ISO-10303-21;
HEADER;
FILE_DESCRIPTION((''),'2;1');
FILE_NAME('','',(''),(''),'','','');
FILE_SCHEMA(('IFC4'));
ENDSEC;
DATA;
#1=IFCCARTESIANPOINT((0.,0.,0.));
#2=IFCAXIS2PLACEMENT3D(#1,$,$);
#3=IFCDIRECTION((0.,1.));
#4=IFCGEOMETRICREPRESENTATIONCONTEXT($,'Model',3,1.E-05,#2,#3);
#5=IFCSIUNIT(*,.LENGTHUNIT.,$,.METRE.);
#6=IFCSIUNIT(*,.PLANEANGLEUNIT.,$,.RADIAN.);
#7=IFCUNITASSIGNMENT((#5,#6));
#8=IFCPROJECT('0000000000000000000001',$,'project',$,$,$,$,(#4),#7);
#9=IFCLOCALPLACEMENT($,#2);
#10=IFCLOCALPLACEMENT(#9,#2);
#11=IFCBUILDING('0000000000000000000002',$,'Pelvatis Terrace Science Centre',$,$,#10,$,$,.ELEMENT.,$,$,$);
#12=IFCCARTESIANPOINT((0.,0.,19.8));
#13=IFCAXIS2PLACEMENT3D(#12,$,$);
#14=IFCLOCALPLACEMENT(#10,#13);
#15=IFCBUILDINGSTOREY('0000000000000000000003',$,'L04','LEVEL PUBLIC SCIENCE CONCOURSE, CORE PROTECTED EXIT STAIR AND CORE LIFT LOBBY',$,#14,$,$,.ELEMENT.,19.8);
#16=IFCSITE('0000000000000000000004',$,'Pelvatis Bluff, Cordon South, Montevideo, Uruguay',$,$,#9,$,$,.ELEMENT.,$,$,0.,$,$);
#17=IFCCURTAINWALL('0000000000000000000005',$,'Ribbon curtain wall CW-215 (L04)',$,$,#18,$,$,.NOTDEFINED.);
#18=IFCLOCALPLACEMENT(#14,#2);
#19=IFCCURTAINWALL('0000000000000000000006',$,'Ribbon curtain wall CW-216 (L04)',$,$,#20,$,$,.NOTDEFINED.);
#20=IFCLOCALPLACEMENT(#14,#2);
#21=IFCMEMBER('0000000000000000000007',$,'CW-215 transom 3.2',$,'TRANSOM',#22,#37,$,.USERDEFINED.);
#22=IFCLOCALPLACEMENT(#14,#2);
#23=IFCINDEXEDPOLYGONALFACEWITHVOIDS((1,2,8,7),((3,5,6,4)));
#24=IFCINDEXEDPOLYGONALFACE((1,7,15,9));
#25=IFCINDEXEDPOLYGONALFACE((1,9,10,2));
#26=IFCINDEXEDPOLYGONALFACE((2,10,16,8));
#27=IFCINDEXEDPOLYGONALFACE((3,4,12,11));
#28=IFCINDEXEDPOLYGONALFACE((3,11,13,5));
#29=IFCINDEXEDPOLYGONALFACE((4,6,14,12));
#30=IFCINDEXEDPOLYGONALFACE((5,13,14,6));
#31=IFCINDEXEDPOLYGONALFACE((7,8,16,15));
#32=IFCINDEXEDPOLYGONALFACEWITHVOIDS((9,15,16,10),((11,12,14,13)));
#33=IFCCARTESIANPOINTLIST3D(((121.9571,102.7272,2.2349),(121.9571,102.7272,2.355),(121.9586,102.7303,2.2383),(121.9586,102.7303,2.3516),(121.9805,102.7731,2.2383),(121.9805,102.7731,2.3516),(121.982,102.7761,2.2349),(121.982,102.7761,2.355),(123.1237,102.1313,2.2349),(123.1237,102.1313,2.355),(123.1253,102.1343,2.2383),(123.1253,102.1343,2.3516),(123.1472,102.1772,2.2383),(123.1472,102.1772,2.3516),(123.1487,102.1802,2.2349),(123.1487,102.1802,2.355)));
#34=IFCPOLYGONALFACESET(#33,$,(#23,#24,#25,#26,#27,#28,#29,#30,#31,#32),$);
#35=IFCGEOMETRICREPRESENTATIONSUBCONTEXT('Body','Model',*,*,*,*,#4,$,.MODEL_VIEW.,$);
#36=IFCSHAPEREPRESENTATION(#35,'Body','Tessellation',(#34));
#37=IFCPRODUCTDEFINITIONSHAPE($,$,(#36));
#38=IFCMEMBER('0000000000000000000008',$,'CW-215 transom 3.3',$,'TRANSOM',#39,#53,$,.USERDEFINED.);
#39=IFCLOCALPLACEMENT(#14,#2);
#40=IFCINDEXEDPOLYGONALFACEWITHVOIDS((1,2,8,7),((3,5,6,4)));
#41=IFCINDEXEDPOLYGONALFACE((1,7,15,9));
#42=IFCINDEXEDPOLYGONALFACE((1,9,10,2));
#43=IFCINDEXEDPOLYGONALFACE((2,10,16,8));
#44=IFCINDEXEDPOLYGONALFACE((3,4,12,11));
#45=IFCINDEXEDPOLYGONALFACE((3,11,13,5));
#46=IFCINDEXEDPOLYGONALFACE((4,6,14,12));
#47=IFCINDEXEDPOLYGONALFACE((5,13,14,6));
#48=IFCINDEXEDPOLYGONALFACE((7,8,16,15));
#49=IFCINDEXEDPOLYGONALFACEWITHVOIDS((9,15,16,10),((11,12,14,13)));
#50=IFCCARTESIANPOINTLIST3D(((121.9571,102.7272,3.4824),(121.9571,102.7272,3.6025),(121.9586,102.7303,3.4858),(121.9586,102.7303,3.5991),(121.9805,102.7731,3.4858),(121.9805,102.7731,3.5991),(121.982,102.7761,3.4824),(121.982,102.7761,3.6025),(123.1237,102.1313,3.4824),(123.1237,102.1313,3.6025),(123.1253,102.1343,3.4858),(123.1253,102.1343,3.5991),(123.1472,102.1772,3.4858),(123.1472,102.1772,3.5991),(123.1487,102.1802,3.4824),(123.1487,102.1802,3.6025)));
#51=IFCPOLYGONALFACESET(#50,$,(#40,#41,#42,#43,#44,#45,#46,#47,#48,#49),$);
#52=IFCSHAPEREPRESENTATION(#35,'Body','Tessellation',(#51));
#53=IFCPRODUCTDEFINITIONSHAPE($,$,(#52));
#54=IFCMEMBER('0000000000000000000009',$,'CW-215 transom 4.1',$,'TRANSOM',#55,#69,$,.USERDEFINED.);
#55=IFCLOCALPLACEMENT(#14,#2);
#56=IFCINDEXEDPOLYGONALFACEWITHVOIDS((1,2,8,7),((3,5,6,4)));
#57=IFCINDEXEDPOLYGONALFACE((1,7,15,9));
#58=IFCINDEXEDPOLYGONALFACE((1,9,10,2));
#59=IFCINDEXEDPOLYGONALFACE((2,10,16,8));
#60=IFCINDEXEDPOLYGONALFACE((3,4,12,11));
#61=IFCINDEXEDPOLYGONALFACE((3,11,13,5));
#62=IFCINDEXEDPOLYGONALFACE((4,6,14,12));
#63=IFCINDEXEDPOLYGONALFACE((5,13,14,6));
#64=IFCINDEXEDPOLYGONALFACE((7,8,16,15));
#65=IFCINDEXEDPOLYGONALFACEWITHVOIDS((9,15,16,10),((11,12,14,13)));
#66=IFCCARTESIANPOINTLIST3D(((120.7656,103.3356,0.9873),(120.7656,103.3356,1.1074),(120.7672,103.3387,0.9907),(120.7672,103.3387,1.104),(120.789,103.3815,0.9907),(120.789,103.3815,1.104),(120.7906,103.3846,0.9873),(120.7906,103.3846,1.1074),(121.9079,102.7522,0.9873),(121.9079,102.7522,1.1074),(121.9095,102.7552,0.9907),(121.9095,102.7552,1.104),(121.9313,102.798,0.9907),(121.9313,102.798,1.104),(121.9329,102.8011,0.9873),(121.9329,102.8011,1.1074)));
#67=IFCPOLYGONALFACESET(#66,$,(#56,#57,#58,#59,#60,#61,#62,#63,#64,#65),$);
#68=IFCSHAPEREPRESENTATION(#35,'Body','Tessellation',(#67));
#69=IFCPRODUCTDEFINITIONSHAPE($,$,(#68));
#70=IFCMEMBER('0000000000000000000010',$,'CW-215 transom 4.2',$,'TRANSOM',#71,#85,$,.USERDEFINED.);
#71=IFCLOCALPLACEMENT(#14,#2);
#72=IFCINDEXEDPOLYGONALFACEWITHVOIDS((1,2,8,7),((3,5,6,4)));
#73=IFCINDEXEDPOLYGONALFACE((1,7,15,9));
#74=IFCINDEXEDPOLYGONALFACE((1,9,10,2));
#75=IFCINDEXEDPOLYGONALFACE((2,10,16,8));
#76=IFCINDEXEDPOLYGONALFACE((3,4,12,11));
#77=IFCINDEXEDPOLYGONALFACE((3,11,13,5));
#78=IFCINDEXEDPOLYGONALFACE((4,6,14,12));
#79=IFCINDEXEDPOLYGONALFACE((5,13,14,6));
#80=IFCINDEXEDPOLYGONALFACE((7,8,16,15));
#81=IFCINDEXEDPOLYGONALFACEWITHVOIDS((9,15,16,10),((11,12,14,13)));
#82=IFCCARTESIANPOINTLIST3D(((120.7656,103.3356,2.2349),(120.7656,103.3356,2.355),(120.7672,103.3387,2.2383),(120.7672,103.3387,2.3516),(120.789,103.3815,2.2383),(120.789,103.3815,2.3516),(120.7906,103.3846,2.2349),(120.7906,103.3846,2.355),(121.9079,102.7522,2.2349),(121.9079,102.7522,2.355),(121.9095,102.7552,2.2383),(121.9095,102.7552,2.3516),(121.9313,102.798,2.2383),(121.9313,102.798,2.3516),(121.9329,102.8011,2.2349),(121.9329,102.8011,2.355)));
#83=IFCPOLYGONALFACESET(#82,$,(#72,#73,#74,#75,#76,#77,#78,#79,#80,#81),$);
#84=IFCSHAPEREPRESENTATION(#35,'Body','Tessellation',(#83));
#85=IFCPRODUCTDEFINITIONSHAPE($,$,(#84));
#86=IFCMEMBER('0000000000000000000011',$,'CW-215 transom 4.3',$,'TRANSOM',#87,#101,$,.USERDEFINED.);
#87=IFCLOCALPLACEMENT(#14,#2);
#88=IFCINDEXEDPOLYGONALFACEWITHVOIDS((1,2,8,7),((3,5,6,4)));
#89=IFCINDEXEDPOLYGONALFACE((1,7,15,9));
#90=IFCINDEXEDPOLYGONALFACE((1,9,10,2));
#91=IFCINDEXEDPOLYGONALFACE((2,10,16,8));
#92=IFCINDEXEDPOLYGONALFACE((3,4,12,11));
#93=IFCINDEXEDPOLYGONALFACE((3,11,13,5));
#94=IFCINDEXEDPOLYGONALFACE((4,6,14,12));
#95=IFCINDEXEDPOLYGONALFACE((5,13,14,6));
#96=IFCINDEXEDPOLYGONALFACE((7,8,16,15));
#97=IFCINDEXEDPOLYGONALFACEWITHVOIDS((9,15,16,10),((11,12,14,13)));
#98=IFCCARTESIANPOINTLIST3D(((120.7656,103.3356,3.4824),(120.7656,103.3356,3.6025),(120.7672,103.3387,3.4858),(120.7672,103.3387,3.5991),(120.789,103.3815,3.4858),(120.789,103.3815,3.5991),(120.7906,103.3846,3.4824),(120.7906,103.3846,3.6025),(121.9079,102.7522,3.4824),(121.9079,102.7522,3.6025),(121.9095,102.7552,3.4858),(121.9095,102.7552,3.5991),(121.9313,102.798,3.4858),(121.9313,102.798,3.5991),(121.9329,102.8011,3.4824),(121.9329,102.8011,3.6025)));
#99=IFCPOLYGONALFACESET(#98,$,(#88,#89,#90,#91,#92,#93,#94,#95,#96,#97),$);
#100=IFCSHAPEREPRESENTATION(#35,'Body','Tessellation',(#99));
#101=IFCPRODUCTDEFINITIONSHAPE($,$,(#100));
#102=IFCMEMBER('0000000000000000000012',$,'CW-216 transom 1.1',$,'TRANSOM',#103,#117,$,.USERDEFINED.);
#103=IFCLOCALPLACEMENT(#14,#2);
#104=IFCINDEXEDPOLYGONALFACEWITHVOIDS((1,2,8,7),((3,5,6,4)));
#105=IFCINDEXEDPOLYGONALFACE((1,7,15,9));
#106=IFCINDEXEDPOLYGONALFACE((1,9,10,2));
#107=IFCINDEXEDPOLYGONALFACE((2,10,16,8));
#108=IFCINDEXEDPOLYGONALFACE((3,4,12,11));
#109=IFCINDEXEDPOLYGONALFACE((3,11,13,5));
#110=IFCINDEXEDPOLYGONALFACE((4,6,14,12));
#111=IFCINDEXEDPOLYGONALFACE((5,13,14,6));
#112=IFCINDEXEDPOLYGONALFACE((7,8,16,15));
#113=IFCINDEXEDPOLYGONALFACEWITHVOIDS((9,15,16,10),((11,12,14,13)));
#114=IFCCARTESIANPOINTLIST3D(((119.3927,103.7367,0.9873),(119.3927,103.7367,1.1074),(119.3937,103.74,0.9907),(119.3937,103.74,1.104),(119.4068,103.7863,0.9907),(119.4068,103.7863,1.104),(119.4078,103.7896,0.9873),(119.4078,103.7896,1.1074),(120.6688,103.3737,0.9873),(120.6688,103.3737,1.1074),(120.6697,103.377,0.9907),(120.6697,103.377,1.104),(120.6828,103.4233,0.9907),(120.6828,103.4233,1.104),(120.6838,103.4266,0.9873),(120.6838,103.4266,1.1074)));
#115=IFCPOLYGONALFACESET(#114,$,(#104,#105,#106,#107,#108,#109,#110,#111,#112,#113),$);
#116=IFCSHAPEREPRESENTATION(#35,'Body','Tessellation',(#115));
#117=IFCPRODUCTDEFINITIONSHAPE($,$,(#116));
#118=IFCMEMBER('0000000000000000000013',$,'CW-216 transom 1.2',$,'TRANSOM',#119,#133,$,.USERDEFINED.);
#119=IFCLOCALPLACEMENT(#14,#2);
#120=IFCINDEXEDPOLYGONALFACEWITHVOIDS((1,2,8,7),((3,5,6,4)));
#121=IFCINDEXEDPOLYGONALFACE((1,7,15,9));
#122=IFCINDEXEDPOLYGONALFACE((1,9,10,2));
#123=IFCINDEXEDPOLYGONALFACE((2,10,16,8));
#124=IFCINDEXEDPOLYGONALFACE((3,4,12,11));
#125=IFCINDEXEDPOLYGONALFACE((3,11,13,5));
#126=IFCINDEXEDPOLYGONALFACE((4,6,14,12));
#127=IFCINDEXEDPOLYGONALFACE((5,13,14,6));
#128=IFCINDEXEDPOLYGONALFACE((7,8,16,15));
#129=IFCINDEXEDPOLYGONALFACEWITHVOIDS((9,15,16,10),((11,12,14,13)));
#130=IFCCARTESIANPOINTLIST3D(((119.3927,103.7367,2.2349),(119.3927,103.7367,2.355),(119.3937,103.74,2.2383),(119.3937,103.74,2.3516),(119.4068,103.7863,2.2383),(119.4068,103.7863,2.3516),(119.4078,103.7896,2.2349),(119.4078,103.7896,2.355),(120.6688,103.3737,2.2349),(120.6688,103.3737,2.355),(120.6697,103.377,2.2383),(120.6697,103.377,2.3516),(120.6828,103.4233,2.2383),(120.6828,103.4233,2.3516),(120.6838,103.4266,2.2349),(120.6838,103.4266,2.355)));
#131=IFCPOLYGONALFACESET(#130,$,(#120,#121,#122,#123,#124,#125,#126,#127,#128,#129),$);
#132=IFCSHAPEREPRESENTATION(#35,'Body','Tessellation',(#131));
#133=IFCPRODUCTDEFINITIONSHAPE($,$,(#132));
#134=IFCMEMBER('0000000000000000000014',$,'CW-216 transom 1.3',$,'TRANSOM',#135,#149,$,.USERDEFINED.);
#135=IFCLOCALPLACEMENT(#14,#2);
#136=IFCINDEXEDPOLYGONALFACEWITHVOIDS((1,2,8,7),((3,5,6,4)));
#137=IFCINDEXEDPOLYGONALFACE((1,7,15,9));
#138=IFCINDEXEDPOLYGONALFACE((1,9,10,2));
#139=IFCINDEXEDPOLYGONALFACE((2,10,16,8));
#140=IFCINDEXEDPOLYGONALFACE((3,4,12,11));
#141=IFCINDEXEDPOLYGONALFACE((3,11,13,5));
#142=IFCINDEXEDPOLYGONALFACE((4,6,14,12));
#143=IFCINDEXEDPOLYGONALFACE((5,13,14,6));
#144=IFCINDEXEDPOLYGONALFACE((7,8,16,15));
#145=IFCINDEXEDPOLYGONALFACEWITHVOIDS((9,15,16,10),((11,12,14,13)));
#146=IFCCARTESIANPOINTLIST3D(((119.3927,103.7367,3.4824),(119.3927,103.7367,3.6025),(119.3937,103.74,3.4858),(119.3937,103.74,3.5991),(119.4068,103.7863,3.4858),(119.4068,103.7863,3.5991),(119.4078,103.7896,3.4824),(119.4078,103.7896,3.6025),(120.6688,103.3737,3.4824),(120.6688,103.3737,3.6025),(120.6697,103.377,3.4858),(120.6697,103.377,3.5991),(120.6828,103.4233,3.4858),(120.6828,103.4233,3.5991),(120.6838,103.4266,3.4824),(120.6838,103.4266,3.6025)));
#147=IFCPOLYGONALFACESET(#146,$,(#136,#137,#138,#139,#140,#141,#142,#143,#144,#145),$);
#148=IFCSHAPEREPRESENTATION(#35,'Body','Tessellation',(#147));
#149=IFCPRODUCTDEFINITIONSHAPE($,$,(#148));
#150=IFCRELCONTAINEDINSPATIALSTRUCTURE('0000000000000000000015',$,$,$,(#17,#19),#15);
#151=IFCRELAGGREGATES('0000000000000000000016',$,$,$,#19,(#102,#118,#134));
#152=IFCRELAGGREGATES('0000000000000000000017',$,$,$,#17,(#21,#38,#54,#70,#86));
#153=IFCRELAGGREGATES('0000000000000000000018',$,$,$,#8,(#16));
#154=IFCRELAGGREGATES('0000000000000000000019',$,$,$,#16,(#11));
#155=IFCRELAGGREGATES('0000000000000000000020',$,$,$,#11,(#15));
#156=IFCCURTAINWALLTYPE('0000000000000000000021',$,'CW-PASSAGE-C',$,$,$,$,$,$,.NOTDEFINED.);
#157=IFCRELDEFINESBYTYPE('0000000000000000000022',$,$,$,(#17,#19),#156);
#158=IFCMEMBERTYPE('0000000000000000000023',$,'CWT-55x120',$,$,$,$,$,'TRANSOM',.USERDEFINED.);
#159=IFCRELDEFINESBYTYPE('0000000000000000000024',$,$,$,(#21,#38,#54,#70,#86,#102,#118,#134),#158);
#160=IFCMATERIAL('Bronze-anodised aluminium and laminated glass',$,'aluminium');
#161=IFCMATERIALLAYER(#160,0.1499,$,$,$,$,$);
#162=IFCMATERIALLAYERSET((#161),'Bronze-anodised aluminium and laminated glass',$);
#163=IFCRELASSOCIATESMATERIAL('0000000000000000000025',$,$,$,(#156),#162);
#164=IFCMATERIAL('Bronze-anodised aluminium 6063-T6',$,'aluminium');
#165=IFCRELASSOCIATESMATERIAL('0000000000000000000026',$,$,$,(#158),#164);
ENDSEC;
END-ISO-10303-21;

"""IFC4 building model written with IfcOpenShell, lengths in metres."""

from ifc_helpers import new_model, si_unit, direction, frame, origin, origin_2d, place, context, subcontext, project, spatial, hollow_rectangle, extrude, material, layer, layer_set, material_profile, profile_set, type_object, element, aggregate, save


model = new_model("IFC4")

# Units and contexts
model_context = context("Model", 3, precision=1e-05, world=origin(), true_north=direction((0.0, 1.0)))
body_context = subcontext(model_context, "Body", "Model", "MODEL_VIEW")
ifc_project = project(units=[si_unit("LENGTHUNIT", "METRE"), si_unit("PLANEANGLEUNIT", "RADIAN")], contexts=[model_context])

# Site, building, storey
site_placement = place(None, origin())
site = spatial("IfcSite", under=ifc_project, at=site_placement, Name="Pelvatis Bluff, Cordon South, Montevideo, Uruguay", CompositionType="ELEMENT", RefElevation=0.0)
building_placement = place(site_placement, origin())
building = spatial("IfcBuilding", under=site, at=building_placement, Name="Pelvatis Terrace Science Centre", CompositionType="ELEMENT")
storey_placement = place(building_placement, frame((0.0, 0.0, 19.8)))
storey = spatial("IfcBuildingStorey", under=building, at=storey_placement, Name="L04", Description="LEVEL PUBLIC SCIENCE CONCOURSE, CORE PROTECTED EXIT STAIR AND CORE LIFT LOBBY", CompositionType="ELEMENT", Elevation=19.8)

# Curtain wall
ifc_material_1 = material(Name="Bronze-anodised aluminium and laminated glass", Category="aluminium")
ifc_layer_1 = layer(ifc_material_1, 0.1499)
ifc_layer_set_1 = layer_set([ifc_layer_1], Name="Bronze-anodised aluminium and laminated glass")
curtain_wall_type = type_object("IfcCurtainWallType", Name="CW-PASSAGE-C", PredefinedType="NOTDEFINED", material=ifc_layer_set_1)
curtain_wall_1_placement = place(storey_placement, origin())
curtain_wall_1 = element("IfcCurtainWall", 1, at=curtain_wall_1_placement, inside=storey, type_object=curtain_wall_type, Name="Ribbon curtain wall CW-215 (L04)", PredefinedType="NOTDEFINED")

# Curtain wall
curtain_wall_2_placement = place(storey_placement, origin())
curtain_wall_2 = element("IfcCurtainWall", 2, at=curtain_wall_2_placement, inside=storey, type_object=curtain_wall_type, Name="Ribbon curtain wall CW-216 (L04)", PredefinedType="NOTDEFINED")

# Members
ifc_material_2 = material(Name="Bronze-anodised aluminium 6063-T6", Category="aluminium")
ifc_material_profile_1 = material_profile(ifc_material_2, hollow_rectangle(XDim=0.0549, YDim=0.1201, WallThickness=0.0034, at=origin_2d()), Name="ALU-TRN 55x120")
ifc_profile_set_1 = profile_set([ifc_material_profile_1], Name="Bronze-anodised aluminium 6063-T6")
member_type_1 = type_object("IfcMemberType", Name="CWT-55x120", ElementType="TRANSOM", PredefinedType="USERDEFINED", material=ifc_profile_set_1)
member_1_placement = place(storey_placement, frame((123.1362, 102.1558, 2.2949), z_axis=(-0.890555, 0.454875, 0.0), x_axis=(-0.454875, -0.890555, 0.0)))
member_1 = element("IfcMember", 3, at=member_1_placement, type_object=member_type_1, Name="CW-215 transom 3.2", ObjectType="TRANSOM", PredefinedType="USERDEFINED", context=body_context, shape_type="SweptSolid", body=[
    extrude(hollow_rectangle(XDim=0.0549, YDim=0.1201, WallThickness=0.0034, at=origin_2d()), origin(), (0.0, 0.0, 1.0), 1.3101),
])
member_2_placement = place(storey_placement, frame((123.1362, 102.1558, 3.5425), z_axis=(-0.890555, 0.454875, 0.0), x_axis=(-0.454875, -0.890555, 0.0)))
member_2 = element("IfcMember", 4, at=member_2_placement, type_object=member_type_1, Name="CW-215 transom 3.3", ObjectType="TRANSOM", PredefinedType="USERDEFINED", context=body_context, shape_type="SweptSolid", body=[
    extrude(hollow_rectangle(XDim=0.0549, YDim=0.1201, WallThickness=0.0034, at=origin_2d()), origin(), (0.0, 0.0, 1.0), 1.3101),
])
member_3_placement = place(storey_placement, frame((121.9204, 102.7766, 1.0474), z_axis=(-0.890549, 0.454886, 0.0), x_axis=(-0.454886, -0.890549, 0.0)))
member_3 = element("IfcMember", 5, at=member_3_placement, type_object=member_type_1, Name="CW-215 transom 4.1", ObjectType="TRANSOM", PredefinedType="USERDEFINED", context=body_context, shape_type="SweptSolid", body=[
    extrude(hollow_rectangle(XDim=0.0549, YDim=0.1201, WallThickness=0.0034, at=origin_2d()), origin(), (0.0, 0.0, 1.0), 1.2827),
])
member_4_placement = place(storey_placement, frame((121.9204, 102.7766, 2.2949), z_axis=(-0.890549, 0.454886, 0.0), x_axis=(-0.454886, -0.890549, 0.0)))
member_4 = element("IfcMember", 6, at=member_4_placement, type_object=member_type_1, Name="CW-215 transom 4.2", ObjectType="TRANSOM", PredefinedType="USERDEFINED", context=body_context, shape_type="SweptSolid", body=[
    extrude(hollow_rectangle(XDim=0.0549, YDim=0.1201, WallThickness=0.0034, at=origin_2d()), origin(), (0.0, 0.0, 1.0), 1.2827),
])
member_5_placement = place(storey_placement, frame((121.9204, 102.7766, 3.5425), z_axis=(-0.890549, 0.454886, 0.0), x_axis=(-0.454886, -0.890549, 0.0)))
member_5 = element("IfcMember", 7, at=member_5_placement, type_object=member_type_1, Name="CW-215 transom 4.3", ObjectType="TRANSOM", PredefinedType="USERDEFINED", context=body_context, shape_type="SweptSolid", body=[
    extrude(hollow_rectangle(XDim=0.0549, YDim=0.1201, WallThickness=0.0034, at=origin_2d()), origin(), (0.0, 0.0, 1.0), 1.2827),
])
member_6_placement = place(storey_placement, frame((120.6763, 103.4001, 1.0474), z_axis=(-0.961836, 0.273627, 0.0), x_axis=(-0.273627, -0.961836, 0.0)))
member_6 = element("IfcMember", 8, at=member_6_placement, type_object=member_type_1, Name="CW-216 transom 1.1", ObjectType="TRANSOM", PredefinedType="USERDEFINED", context=body_context, shape_type="SweptSolid", body=[
    extrude(hollow_rectangle(XDim=0.0549, YDim=0.1201, WallThickness=0.0034, at=origin_2d()), origin(), (0.0, 0.0, 1.0), 1.3267),
])
member_7_placement = place(storey_placement, frame((120.6763, 103.4001, 2.2949), z_axis=(-0.961836, 0.273627, 0.0), x_axis=(-0.273627, -0.961836, 0.0)))
member_7 = element("IfcMember", 9, at=member_7_placement, type_object=member_type_1, Name="CW-216 transom 1.2", ObjectType="TRANSOM", PredefinedType="USERDEFINED", context=body_context, shape_type="SweptSolid", body=[
    extrude(hollow_rectangle(XDim=0.0549, YDim=0.1201, WallThickness=0.0034, at=origin_2d()), origin(), (0.0, 0.0, 1.0), 1.3267),
])
member_8_placement = place(storey_placement, frame((120.6763, 103.4001, 3.5425), z_axis=(-0.961836, 0.273627, 0.0), x_axis=(-0.273627, -0.961836, 0.0)))
member_8 = element("IfcMember", 10, at=member_8_placement, type_object=member_type_1, Name="CW-216 transom 1.3", ObjectType="TRANSOM", PredefinedType="USERDEFINED", context=body_context, shape_type="SweptSolid", body=[
    extrude(hollow_rectangle(XDim=0.0549, YDim=0.1201, WallThickness=0.0034, at=origin_2d()), origin(), (0.0, 0.0, 1.0), 1.3267),
])
aggregate(curtain_wall_2, [member_6, member_7, member_8])

aggregate(curtain_wall_1, [member_1, member_2, member_3, member_4, member_5])

save(model, "model.ifc")
